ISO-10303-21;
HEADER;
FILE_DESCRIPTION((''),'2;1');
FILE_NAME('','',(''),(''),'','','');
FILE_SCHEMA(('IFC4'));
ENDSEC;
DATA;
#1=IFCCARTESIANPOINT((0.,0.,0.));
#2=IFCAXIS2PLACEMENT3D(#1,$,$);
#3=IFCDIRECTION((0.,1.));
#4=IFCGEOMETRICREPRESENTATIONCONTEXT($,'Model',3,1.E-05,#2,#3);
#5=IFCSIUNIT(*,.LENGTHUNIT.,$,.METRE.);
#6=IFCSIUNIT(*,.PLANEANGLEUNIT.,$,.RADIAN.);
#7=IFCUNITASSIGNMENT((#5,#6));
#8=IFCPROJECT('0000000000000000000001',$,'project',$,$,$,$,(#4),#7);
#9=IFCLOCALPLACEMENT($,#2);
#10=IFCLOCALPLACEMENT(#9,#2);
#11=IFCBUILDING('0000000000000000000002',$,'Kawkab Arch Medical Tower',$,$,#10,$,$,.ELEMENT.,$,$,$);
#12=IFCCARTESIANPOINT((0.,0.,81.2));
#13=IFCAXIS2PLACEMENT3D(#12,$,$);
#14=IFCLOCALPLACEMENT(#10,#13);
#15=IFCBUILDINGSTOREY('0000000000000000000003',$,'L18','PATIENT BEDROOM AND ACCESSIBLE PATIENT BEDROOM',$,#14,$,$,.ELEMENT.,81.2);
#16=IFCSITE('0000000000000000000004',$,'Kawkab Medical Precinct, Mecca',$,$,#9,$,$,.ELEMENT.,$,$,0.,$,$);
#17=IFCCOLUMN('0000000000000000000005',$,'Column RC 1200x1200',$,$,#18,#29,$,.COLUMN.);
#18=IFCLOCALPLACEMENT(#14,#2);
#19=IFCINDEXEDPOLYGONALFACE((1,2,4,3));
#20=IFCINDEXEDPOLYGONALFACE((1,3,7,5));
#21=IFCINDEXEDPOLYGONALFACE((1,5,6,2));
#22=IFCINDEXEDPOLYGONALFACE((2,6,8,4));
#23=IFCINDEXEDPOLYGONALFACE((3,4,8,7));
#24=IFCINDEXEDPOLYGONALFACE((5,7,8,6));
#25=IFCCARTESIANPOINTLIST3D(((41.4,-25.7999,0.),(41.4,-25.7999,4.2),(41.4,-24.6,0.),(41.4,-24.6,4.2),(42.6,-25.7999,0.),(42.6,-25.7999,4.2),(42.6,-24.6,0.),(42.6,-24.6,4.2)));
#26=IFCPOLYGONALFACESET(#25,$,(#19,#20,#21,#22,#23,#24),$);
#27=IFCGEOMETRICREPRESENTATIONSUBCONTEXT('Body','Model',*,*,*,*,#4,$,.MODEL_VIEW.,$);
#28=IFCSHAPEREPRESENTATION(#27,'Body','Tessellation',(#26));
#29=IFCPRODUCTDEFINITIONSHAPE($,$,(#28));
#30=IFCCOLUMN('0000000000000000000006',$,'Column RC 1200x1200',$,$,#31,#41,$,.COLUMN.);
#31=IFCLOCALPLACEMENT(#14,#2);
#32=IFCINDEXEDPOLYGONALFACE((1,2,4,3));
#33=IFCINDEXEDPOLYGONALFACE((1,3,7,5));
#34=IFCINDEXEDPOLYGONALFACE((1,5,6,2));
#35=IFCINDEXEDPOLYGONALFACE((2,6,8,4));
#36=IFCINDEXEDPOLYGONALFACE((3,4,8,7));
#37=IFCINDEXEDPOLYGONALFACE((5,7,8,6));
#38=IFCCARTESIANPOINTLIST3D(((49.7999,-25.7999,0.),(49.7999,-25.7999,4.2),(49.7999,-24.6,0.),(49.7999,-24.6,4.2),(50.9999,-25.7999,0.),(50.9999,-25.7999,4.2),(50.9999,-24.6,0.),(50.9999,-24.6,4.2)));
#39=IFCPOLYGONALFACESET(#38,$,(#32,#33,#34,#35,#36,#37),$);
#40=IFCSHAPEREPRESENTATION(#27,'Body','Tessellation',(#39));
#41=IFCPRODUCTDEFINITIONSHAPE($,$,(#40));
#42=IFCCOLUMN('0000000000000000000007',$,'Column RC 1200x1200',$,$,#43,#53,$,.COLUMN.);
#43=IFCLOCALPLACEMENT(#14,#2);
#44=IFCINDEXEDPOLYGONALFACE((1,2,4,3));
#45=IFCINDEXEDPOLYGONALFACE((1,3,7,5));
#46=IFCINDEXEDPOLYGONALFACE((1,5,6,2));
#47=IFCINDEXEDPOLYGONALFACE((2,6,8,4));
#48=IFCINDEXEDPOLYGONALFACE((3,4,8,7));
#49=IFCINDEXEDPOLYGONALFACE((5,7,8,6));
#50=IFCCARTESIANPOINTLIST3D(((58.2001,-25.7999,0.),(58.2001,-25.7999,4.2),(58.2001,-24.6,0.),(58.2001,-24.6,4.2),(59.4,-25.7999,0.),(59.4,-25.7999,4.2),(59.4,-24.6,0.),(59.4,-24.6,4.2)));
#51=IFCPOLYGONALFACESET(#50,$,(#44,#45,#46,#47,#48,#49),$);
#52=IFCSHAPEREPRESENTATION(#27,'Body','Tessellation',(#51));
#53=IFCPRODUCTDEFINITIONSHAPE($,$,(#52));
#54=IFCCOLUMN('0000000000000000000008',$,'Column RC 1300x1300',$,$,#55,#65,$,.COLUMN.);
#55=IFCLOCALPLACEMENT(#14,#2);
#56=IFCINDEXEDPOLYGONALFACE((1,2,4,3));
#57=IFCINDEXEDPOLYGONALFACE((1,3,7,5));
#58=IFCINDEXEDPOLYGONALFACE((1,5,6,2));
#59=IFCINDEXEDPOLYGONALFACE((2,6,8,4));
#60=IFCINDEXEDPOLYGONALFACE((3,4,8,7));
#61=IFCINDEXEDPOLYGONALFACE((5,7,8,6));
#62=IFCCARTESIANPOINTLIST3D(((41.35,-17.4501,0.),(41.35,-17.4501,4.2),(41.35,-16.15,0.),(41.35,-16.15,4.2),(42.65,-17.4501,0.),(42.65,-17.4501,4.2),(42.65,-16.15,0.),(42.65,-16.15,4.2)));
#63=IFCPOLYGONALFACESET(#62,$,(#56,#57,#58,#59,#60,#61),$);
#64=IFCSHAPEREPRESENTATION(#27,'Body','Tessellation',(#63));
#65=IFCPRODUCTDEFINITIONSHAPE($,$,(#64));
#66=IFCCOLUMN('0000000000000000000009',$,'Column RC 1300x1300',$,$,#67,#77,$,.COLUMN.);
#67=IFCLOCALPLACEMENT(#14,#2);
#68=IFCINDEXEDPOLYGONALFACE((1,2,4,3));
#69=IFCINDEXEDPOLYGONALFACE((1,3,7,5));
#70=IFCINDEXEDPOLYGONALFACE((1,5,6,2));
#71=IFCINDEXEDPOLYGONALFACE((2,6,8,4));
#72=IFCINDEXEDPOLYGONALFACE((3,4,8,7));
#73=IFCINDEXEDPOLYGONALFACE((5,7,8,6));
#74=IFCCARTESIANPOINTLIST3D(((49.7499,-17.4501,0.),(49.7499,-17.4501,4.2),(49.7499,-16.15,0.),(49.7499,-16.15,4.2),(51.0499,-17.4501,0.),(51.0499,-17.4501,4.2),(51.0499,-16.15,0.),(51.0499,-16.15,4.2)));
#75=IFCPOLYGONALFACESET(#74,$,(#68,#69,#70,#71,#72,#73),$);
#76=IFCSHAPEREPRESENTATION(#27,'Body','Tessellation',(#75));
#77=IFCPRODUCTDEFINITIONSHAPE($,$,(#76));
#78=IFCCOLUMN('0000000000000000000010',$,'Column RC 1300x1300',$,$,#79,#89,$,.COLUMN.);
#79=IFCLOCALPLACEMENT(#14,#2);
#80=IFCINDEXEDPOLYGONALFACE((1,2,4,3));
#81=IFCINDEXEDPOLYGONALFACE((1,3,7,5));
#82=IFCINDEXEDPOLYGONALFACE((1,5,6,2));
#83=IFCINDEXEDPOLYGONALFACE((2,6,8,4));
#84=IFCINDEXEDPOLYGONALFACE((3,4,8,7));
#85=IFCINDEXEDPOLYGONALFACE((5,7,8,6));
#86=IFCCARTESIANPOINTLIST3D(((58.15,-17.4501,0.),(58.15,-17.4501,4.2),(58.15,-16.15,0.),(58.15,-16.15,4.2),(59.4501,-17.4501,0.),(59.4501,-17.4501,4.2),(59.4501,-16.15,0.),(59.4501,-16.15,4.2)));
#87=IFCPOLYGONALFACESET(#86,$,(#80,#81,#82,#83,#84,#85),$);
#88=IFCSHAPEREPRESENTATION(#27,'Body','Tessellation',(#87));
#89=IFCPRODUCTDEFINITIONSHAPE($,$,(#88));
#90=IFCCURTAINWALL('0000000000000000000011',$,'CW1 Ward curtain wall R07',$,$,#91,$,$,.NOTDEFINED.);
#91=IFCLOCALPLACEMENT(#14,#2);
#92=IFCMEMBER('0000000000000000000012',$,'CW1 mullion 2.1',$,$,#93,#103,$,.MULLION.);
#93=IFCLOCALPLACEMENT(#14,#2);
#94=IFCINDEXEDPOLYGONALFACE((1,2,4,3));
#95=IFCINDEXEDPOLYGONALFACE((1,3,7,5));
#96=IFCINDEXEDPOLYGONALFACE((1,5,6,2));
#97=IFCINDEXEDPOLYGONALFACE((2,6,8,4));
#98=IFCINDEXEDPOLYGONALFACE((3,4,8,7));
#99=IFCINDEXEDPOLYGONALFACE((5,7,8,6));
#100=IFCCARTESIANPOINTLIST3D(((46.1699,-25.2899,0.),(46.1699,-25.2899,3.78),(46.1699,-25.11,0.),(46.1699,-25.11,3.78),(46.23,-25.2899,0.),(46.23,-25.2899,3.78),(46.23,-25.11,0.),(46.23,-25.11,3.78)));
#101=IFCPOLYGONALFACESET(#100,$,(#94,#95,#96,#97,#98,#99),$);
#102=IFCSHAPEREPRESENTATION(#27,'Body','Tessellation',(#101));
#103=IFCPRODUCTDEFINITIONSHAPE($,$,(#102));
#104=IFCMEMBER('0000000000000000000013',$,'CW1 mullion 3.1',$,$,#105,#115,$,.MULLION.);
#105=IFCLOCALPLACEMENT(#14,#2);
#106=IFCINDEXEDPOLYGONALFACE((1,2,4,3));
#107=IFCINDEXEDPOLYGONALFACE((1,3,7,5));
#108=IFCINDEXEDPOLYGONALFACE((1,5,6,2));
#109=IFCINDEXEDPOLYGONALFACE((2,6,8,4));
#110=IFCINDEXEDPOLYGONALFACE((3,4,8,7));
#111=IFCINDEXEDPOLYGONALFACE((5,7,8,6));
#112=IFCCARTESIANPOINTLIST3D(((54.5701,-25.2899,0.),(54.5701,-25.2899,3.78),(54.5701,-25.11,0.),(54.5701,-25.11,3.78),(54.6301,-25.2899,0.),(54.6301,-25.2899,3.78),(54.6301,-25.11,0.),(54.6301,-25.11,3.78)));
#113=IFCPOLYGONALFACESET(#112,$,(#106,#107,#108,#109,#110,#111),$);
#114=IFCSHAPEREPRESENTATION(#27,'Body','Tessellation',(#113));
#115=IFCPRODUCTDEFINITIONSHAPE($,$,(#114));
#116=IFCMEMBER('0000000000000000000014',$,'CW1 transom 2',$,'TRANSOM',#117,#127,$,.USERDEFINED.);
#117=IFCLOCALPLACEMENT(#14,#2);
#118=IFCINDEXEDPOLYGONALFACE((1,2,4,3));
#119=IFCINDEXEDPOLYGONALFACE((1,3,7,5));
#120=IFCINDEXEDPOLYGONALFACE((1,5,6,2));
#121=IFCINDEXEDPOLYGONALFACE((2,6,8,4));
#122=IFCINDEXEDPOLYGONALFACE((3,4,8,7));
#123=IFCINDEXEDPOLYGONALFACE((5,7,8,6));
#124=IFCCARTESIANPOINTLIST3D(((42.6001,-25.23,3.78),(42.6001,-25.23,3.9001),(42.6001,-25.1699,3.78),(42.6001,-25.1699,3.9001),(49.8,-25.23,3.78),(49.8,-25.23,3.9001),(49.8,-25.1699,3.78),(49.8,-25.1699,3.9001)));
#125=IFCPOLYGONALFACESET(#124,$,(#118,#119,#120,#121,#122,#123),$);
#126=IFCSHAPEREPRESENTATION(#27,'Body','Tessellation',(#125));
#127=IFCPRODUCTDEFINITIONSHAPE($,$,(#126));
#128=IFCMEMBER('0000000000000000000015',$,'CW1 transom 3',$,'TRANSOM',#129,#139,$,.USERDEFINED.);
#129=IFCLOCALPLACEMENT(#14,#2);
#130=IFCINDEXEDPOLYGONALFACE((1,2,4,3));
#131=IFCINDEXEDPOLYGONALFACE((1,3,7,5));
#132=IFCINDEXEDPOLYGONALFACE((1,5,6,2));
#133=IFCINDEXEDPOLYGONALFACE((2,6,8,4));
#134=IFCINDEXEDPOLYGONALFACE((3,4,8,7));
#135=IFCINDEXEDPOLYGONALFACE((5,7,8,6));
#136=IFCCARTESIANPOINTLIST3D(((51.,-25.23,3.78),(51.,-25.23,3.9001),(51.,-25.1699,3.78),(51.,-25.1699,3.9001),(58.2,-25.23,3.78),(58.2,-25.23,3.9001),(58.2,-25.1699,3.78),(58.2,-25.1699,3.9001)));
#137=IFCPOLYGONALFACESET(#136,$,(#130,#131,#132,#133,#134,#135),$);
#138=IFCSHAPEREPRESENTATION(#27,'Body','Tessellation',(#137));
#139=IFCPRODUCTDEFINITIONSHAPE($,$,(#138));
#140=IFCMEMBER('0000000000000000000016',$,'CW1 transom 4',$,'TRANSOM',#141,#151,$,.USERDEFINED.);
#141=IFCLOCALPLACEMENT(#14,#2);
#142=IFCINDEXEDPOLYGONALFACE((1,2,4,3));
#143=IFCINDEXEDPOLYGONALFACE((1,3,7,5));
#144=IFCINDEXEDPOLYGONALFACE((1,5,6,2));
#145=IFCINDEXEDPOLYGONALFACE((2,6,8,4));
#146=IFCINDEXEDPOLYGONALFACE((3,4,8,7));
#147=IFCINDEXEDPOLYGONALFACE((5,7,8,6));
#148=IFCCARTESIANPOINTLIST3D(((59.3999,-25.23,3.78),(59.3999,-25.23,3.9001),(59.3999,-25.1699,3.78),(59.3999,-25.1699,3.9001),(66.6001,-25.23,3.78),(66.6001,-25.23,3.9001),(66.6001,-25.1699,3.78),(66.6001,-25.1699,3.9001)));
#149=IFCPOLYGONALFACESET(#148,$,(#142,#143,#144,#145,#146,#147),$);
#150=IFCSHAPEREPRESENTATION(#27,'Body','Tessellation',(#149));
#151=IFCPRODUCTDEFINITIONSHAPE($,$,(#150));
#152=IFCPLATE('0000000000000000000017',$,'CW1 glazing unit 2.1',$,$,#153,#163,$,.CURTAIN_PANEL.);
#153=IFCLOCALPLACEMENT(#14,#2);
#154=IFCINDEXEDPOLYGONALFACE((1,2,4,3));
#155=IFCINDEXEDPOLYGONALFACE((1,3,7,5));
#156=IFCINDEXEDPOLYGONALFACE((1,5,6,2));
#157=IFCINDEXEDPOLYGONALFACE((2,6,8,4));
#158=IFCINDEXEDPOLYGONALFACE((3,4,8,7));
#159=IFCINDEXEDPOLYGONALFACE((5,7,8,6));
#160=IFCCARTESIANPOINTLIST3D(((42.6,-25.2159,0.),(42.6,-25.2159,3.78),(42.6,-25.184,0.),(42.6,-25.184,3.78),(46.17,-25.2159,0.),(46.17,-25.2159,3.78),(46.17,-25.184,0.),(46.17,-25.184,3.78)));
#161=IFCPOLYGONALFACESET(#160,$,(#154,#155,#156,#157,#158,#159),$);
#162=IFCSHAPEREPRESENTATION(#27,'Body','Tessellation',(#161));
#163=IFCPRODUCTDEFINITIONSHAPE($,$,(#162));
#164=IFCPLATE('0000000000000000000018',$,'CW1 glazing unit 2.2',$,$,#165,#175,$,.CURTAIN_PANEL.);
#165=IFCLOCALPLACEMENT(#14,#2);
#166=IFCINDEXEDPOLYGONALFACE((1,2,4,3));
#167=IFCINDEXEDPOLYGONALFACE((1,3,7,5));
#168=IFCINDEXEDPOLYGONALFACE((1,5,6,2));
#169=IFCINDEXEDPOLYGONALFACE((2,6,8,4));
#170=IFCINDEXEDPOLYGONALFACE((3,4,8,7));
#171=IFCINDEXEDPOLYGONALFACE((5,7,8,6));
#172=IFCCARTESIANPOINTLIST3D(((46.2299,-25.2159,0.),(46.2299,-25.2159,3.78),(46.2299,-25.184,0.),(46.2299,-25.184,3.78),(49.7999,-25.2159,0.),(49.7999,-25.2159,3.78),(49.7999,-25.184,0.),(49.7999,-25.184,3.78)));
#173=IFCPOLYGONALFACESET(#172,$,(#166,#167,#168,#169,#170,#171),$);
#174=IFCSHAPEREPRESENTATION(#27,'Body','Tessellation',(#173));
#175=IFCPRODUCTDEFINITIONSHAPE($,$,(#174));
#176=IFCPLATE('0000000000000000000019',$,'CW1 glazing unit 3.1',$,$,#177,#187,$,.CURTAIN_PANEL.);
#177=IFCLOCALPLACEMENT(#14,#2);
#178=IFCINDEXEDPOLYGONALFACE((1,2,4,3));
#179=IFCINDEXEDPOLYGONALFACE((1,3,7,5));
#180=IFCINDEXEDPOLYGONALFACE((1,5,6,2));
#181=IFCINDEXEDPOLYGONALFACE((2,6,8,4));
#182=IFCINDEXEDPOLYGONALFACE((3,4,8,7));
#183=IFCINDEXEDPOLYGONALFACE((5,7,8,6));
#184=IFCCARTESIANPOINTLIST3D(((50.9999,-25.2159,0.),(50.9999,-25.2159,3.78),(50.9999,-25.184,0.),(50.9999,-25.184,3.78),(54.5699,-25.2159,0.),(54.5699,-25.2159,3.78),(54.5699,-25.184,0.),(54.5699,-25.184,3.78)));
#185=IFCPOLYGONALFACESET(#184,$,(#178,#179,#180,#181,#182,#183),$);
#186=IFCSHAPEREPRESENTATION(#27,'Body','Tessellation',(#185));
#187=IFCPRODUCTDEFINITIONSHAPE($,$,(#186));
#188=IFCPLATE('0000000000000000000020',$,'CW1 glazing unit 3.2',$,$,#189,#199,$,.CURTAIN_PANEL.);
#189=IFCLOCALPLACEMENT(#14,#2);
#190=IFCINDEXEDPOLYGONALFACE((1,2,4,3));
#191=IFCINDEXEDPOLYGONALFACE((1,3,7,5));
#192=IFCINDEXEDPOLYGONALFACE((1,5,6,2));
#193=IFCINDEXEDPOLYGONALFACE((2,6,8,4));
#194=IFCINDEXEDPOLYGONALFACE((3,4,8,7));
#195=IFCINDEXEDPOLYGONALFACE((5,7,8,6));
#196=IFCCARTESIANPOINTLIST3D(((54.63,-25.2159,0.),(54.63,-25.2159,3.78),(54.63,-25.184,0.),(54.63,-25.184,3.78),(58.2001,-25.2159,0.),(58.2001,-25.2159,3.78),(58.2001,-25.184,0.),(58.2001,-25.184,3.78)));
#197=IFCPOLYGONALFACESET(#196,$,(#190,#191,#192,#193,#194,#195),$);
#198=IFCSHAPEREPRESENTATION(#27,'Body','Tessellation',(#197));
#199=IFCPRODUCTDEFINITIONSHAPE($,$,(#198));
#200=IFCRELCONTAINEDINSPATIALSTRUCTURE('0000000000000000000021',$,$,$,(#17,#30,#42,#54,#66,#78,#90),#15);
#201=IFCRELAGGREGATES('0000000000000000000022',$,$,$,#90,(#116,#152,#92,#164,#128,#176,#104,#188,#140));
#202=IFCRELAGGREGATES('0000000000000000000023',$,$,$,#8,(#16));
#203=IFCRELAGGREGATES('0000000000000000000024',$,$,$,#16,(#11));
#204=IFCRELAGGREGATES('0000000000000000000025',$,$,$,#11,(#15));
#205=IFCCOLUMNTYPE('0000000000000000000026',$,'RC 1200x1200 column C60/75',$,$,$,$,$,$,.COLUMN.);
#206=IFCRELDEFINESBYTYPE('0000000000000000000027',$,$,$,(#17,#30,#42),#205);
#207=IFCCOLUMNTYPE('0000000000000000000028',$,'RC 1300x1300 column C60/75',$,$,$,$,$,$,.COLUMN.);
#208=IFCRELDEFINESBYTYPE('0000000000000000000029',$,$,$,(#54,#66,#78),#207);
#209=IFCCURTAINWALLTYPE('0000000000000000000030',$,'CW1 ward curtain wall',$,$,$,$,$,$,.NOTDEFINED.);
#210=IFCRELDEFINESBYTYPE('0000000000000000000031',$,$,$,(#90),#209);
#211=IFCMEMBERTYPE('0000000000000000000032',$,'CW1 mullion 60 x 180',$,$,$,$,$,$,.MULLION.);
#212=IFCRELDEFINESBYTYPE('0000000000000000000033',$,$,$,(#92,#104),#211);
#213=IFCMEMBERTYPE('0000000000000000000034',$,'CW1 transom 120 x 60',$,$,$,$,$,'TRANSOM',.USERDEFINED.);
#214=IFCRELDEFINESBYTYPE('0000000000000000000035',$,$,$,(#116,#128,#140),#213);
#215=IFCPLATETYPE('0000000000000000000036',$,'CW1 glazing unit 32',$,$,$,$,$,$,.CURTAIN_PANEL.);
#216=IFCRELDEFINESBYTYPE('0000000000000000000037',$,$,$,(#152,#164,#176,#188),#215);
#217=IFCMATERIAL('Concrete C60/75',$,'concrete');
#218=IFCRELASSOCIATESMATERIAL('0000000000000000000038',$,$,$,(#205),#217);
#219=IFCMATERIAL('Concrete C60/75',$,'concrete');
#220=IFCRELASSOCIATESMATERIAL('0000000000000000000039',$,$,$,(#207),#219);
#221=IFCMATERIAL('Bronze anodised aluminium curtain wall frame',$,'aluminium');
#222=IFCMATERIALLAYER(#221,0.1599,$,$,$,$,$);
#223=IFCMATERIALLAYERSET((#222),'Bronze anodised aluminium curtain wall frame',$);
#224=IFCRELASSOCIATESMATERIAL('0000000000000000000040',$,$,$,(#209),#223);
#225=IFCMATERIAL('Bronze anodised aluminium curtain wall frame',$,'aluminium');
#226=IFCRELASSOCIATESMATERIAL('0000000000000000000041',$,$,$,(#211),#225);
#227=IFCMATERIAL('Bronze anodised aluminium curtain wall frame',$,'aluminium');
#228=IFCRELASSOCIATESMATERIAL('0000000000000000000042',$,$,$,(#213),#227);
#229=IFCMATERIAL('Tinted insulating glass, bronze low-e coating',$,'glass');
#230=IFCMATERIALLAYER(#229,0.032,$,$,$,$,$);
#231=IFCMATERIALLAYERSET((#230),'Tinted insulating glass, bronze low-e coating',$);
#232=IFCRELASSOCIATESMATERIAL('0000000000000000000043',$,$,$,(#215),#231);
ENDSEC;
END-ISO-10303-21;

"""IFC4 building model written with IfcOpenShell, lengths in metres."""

from ifc_helpers import new_model, si_unit, direction, frame, origin, origin_2d, place, context, subcontext, project, spatial, rectangle, extrude, material, layer, layer_set, material_profile, profile_set, type_object, element, aggregate, save


model = new_model("IFC4")

# Units and contexts
model_context = context("Model", 3, precision=1e-05, world=origin(), true_north=direction((0.0, 1.0)))
body_context = subcontext(model_context, "Body", "Model", "MODEL_VIEW")
ifc_project = project(units=[si_unit("LENGTHUNIT", "METRE"), si_unit("PLANEANGLEUNIT", "RADIAN")], contexts=[model_context])

# Site, building, storey
site_placement = place(None, origin())
site = spatial("IfcSite", under=ifc_project, at=site_placement, Name="Kawkab Medical Precinct, Mecca", CompositionType="ELEMENT", RefElevation=0.0)
building_placement = place(site_placement, origin())
building = spatial("IfcBuilding", under=site, at=building_placement, Name="Kawkab Arch Medical Tower", CompositionType="ELEMENT")
storey_placement = place(building_placement, frame((0.0, 0.0, 81.2)))
storey = spatial("IfcBuildingStorey", under=building, at=storey_placement, Name="L18", Description="PATIENT BEDROOM AND ACCESSIBLE PATIENT BEDROOM", CompositionType="ELEMENT", Elevation=81.2)

# Columns
ifc_material_1 = material(Name="Concrete C60/75", Category="concrete")
ifc_material_profile_1 = material_profile(ifc_material_1, rectangle(XDim=1.2, YDim=1.2, at=origin_2d()), Name="RC 1200x1200")
ifc_profile_set_1 = profile_set([ifc_material_profile_1], Name="Concrete C60/75")
column_type_1 = type_object("IfcColumnType", Name="RC 1200x1200 column C60/75", PredefinedType="COLUMN", material=ifc_profile_set_1)
for number, where, z_axis, x_axis, name in (
    (1, (42.0, -25.2, 0.0), (0.0, 0.0, 1.0), (1.0, 0.0, 0.0), "Column RC 1200x1200"),
    (2, (50.3999, -25.2, 0.0), (0.0, 0.0, 1.0), (1.0, 0.0, 0.0), "Column RC 1200x1200"),
    (3, (58.8, -25.2, 0.0), (0.0, 0.0, 1.0), (1.0, 0.0, 0.0), "Column RC 1200x1200"),
):
    element("IfcColumn", number, at=place(storey_placement, frame(where, z_axis=z_axis, x_axis=x_axis)), inside=storey, type_object=column_type_1, Name=name, PredefinedType="COLUMN", context=body_context, shape_type="SweptSolid", body=[
        extrude(rectangle(XDim=1.2, YDim=1.2, at=origin_2d()), origin(), (0.0, 0.0, 1.0), 4.2),
    ])
ifc_material_2 = material(Name="Concrete C60/75", Category="concrete")
ifc_material_profile_2 = material_profile(ifc_material_2, rectangle(XDim=1.3, YDim=1.3, at=origin_2d()), Name="RC 1300x1300")
ifc_profile_set_2 = profile_set([ifc_material_profile_2], Name="Concrete C60/75")
column_type_2 = type_object("IfcColumnType", Name="RC 1300x1300 column C60/75", PredefinedType="COLUMN", material=ifc_profile_set_2)
for number, where, z_axis, x_axis, name in (
    (4, (42.0, -16.8, 0.0), (0.0, 0.0, 1.0), (1.0, 0.0, 0.0), "Column RC 1300x1300"),
    (5, (50.3999, -16.8, 0.0), (0.0, 0.0, 1.0), (1.0, 0.0, 0.0), "Column RC 1300x1300"),
    (6, (58.8, -16.8, 0.0), (0.0, 0.0, 1.0), (1.0, 0.0, 0.0), "Column RC 1300x1300"),
):
    element("IfcColumn", number, at=place(storey_placement, frame(where, z_axis=z_axis, x_axis=x_axis)), inside=storey, type_object=column_type_2, Name=name, PredefinedType="COLUMN", context=body_context, shape_type="SweptSolid", body=[
        extrude(rectangle(XDim=1.3, YDim=1.3, at=origin_2d()), origin(), (0.0, 0.0, 1.0), 4.2),
    ])

# Curtain wall, members, plates
ifc_material_3 = material(Name="Bronze anodised aluminium curtain wall frame", Category="aluminium")
ifc_layer_1 = layer(ifc_material_3, 0.1599)
ifc_layer_set_1 = layer_set([ifc_layer_1], Name="Bronze anodised aluminium curtain wall frame")
curtain_wall_type = type_object("IfcCurtainWallType", Name="CW1 ward curtain wall", PredefinedType="NOTDEFINED", material=ifc_layer_set_1)
curtain_wall_placement = place(storey_placement, origin())
curtain_wall = element("IfcCurtainWall", 7, at=curtain_wall_placement, inside=storey, type_object=curtain_wall_type, Name="CW1 Ward curtain wall R07", PredefinedType="NOTDEFINED")
ifc_material_4 = material(Name="Bronze anodised aluminium curtain wall frame", Category="aluminium")
ifc_material_profile_3 = material_profile(ifc_material_4, rectangle(XDim=0.1799, YDim=0.0601, at=origin_2d()), Name="AL 60x180")
ifc_profile_set_3 = profile_set([ifc_material_profile_3], Name="Bronze anodised aluminium curtain wall frame")
member_type_1 = type_object("IfcMemberType", Name="CW1 mullion 60 x 180", PredefinedType="MULLION", material=ifc_profile_set_3)
member_1_placement = place(storey_placement, frame((46.2, -25.2, 0.0), z_axis=(0.0, 0.0, 1.0), x_axis=(0.0, 1.0, 0.0)))
member_1 = element("IfcMember", 8, at=member_1_placement, type_object=member_type_1, Name="CW1 mullion 2.1", PredefinedType="MULLION", context=body_context, shape_type="SweptSolid", body=[
    extrude(rectangle(XDim=0.1799, YDim=0.0601, at=origin_2d()), origin(), (0.0, 0.0, 1.0), 3.78),
])
member_2_placement = place(storey_placement, frame((54.6001, -25.2, 0.0), z_axis=(0.0, 0.0, 1.0), x_axis=(0.0, 1.0, 0.0)))
member_2 = element("IfcMember", 9, at=member_2_placement, type_object=member_type_1, Name="CW1 mullion 3.1", PredefinedType="MULLION", context=body_context, shape_type="SweptSolid", body=[
    extrude(rectangle(XDim=0.1799, YDim=0.0601, at=origin_2d()), origin(), (0.0, 0.0, 1.0), 3.78),
])
ifc_material_5 = material(Name="Bronze anodised aluminium curtain wall frame", Category="aluminium")
ifc_material_profile_4 = material_profile(ifc_material_5, rectangle(XDim=0.0601, YDim=0.1201, at=origin_2d()), Name="AL 60x120")
ifc_profile_set_4 = profile_set([ifc_material_profile_4], Name="Bronze anodised aluminium curtain wall frame")
member_type_2 = type_object("IfcMemberType", Name="CW1 transom 120 x 60", ElementType="TRANSOM", PredefinedType="USERDEFINED", material=ifc_profile_set_4)
member_3_placement = place(storey_placement, frame((42.6001, -25.2, 3.8401), z_axis=(1.0, 0.0, 0.0), x_axis=(0.0, 1.0, 0.0)))
member_3 = element("IfcMember", 10, at=member_3_placement, type_object=member_type_2, Name="CW1 transom 2", ObjectType="TRANSOM", PredefinedType="USERDEFINED", context=body_context, shape_type="SweptSolid", body=[
    extrude(rectangle(XDim=0.0601, YDim=0.1201, at=origin_2d()), origin(), (0.0, 0.0, 1.0), 7.2),
])
member_4_placement = place(storey_placement, frame((51.0, -25.2, 3.8401), z_axis=(1.0, 0.0, 0.0), x_axis=(0.0, 1.0, 0.0)))
member_4 = element("IfcMember", 11, at=member_4_placement, type_object=member_type_2, Name="CW1 transom 3", ObjectType="TRANSOM", PredefinedType="USERDEFINED", context=body_context, shape_type="SweptSolid", body=[
    extrude(rectangle(XDim=0.0601, YDim=0.1201, at=origin_2d()), origin(), (0.0, 0.0, 1.0), 7.2),
])
member_5_placement = place(storey_placement, frame((59.3999, -25.2, 3.8401), z_axis=(1.0, 0.0, 0.0), x_axis=(0.0, 1.0, 0.0)))
member_5 = element("IfcMember", 12, at=member_5_placement, type_object=member_type_2, Name="CW1 transom 4", ObjectType="TRANSOM", PredefinedType="USERDEFINED", context=body_context, shape_type="SweptSolid", body=[
    extrude(rectangle(XDim=0.0601, YDim=0.1201, at=origin_2d()), origin(), (0.0, 0.0, 1.0), 7.2002),
])
ifc_material_6 = material(Name="Tinted insulating glass, bronze low-e coating", Category="glass")
ifc_layer_2 = layer(ifc_material_6, 0.032)
ifc_layer_set_2 = layer_set([ifc_layer_2], Name="Tinted insulating glass, bronze low-e coating")
plate_type = type_object("IfcPlateType", Name="CW1 glazing unit 32", PredefinedType="CURTAIN_PANEL", material=ifc_layer_set_2)
plate_1_placement = place(storey_placement, frame((44.385, -25.2, 0.0), z_axis=(0.0, 0.0, 1.0), x_axis=(1.0, 0.0, 0.0)))
plate_1 = element("IfcPlate", 13, at=plate_1_placement, type_object=plate_type, Name="CW1 glazing unit 2.1", PredefinedType="CURTAIN_PANEL", context=body_context, shape_type="SweptSolid", body=[
    extrude(rectangle(XDim=3.5701, YDim=0.032, at=origin_2d()), origin(), (0.0, 0.0, 1.0), 3.78),
])
plate_2_placement = place(storey_placement, frame((48.0149, -25.2, 0.0), z_axis=(0.0, 0.0, 1.0), x_axis=(1.0, 0.0, 0.0)))
plate_2 = element("IfcPlate", 14, at=plate_2_placement, type_object=plate_type, Name="CW1 glazing unit 2.2", PredefinedType="CURTAIN_PANEL", context=body_context, shape_type="SweptSolid", body=[
    extrude(rectangle(XDim=3.5701, YDim=0.032, at=origin_2d()), origin(), (0.0, 0.0, 1.0), 3.78),
])
plate_3_placement = place(storey_placement, frame((52.7849, -25.2, 0.0), z_axis=(0.0, 0.0, 1.0), x_axis=(1.0, 0.0, 0.0)))
plate_3 = element("IfcPlate", 15, at=plate_3_placement, type_object=plate_type, Name="CW1 glazing unit 3.1", PredefinedType="CURTAIN_PANEL", context=body_context, shape_type="SweptSolid", body=[
    extrude(rectangle(XDim=3.5701, YDim=0.032, at=origin_2d()), origin(), (0.0, 0.0, 1.0), 3.78),
])
plate_4_placement = place(storey_placement, frame((56.415, -25.2, 0.0), z_axis=(0.0, 0.0, 1.0), x_axis=(1.0, 0.0, 0.0)))
plate_4 = element("IfcPlate", 16, at=plate_4_placement, type_object=plate_type, Name="CW1 glazing unit 3.2", PredefinedType="CURTAIN_PANEL", context=body_context, shape_type="SweptSolid", body=[
    extrude(rectangle(XDim=3.5701, YDim=0.032, at=origin_2d()), origin(), (0.0, 0.0, 1.0), 3.78),
])
aggregate(curtain_wall, [member_3, plate_1, member_1, plate_2, member_4, plate_3, member_2, plate_4, member_5])

save(model, "model.ifc")
